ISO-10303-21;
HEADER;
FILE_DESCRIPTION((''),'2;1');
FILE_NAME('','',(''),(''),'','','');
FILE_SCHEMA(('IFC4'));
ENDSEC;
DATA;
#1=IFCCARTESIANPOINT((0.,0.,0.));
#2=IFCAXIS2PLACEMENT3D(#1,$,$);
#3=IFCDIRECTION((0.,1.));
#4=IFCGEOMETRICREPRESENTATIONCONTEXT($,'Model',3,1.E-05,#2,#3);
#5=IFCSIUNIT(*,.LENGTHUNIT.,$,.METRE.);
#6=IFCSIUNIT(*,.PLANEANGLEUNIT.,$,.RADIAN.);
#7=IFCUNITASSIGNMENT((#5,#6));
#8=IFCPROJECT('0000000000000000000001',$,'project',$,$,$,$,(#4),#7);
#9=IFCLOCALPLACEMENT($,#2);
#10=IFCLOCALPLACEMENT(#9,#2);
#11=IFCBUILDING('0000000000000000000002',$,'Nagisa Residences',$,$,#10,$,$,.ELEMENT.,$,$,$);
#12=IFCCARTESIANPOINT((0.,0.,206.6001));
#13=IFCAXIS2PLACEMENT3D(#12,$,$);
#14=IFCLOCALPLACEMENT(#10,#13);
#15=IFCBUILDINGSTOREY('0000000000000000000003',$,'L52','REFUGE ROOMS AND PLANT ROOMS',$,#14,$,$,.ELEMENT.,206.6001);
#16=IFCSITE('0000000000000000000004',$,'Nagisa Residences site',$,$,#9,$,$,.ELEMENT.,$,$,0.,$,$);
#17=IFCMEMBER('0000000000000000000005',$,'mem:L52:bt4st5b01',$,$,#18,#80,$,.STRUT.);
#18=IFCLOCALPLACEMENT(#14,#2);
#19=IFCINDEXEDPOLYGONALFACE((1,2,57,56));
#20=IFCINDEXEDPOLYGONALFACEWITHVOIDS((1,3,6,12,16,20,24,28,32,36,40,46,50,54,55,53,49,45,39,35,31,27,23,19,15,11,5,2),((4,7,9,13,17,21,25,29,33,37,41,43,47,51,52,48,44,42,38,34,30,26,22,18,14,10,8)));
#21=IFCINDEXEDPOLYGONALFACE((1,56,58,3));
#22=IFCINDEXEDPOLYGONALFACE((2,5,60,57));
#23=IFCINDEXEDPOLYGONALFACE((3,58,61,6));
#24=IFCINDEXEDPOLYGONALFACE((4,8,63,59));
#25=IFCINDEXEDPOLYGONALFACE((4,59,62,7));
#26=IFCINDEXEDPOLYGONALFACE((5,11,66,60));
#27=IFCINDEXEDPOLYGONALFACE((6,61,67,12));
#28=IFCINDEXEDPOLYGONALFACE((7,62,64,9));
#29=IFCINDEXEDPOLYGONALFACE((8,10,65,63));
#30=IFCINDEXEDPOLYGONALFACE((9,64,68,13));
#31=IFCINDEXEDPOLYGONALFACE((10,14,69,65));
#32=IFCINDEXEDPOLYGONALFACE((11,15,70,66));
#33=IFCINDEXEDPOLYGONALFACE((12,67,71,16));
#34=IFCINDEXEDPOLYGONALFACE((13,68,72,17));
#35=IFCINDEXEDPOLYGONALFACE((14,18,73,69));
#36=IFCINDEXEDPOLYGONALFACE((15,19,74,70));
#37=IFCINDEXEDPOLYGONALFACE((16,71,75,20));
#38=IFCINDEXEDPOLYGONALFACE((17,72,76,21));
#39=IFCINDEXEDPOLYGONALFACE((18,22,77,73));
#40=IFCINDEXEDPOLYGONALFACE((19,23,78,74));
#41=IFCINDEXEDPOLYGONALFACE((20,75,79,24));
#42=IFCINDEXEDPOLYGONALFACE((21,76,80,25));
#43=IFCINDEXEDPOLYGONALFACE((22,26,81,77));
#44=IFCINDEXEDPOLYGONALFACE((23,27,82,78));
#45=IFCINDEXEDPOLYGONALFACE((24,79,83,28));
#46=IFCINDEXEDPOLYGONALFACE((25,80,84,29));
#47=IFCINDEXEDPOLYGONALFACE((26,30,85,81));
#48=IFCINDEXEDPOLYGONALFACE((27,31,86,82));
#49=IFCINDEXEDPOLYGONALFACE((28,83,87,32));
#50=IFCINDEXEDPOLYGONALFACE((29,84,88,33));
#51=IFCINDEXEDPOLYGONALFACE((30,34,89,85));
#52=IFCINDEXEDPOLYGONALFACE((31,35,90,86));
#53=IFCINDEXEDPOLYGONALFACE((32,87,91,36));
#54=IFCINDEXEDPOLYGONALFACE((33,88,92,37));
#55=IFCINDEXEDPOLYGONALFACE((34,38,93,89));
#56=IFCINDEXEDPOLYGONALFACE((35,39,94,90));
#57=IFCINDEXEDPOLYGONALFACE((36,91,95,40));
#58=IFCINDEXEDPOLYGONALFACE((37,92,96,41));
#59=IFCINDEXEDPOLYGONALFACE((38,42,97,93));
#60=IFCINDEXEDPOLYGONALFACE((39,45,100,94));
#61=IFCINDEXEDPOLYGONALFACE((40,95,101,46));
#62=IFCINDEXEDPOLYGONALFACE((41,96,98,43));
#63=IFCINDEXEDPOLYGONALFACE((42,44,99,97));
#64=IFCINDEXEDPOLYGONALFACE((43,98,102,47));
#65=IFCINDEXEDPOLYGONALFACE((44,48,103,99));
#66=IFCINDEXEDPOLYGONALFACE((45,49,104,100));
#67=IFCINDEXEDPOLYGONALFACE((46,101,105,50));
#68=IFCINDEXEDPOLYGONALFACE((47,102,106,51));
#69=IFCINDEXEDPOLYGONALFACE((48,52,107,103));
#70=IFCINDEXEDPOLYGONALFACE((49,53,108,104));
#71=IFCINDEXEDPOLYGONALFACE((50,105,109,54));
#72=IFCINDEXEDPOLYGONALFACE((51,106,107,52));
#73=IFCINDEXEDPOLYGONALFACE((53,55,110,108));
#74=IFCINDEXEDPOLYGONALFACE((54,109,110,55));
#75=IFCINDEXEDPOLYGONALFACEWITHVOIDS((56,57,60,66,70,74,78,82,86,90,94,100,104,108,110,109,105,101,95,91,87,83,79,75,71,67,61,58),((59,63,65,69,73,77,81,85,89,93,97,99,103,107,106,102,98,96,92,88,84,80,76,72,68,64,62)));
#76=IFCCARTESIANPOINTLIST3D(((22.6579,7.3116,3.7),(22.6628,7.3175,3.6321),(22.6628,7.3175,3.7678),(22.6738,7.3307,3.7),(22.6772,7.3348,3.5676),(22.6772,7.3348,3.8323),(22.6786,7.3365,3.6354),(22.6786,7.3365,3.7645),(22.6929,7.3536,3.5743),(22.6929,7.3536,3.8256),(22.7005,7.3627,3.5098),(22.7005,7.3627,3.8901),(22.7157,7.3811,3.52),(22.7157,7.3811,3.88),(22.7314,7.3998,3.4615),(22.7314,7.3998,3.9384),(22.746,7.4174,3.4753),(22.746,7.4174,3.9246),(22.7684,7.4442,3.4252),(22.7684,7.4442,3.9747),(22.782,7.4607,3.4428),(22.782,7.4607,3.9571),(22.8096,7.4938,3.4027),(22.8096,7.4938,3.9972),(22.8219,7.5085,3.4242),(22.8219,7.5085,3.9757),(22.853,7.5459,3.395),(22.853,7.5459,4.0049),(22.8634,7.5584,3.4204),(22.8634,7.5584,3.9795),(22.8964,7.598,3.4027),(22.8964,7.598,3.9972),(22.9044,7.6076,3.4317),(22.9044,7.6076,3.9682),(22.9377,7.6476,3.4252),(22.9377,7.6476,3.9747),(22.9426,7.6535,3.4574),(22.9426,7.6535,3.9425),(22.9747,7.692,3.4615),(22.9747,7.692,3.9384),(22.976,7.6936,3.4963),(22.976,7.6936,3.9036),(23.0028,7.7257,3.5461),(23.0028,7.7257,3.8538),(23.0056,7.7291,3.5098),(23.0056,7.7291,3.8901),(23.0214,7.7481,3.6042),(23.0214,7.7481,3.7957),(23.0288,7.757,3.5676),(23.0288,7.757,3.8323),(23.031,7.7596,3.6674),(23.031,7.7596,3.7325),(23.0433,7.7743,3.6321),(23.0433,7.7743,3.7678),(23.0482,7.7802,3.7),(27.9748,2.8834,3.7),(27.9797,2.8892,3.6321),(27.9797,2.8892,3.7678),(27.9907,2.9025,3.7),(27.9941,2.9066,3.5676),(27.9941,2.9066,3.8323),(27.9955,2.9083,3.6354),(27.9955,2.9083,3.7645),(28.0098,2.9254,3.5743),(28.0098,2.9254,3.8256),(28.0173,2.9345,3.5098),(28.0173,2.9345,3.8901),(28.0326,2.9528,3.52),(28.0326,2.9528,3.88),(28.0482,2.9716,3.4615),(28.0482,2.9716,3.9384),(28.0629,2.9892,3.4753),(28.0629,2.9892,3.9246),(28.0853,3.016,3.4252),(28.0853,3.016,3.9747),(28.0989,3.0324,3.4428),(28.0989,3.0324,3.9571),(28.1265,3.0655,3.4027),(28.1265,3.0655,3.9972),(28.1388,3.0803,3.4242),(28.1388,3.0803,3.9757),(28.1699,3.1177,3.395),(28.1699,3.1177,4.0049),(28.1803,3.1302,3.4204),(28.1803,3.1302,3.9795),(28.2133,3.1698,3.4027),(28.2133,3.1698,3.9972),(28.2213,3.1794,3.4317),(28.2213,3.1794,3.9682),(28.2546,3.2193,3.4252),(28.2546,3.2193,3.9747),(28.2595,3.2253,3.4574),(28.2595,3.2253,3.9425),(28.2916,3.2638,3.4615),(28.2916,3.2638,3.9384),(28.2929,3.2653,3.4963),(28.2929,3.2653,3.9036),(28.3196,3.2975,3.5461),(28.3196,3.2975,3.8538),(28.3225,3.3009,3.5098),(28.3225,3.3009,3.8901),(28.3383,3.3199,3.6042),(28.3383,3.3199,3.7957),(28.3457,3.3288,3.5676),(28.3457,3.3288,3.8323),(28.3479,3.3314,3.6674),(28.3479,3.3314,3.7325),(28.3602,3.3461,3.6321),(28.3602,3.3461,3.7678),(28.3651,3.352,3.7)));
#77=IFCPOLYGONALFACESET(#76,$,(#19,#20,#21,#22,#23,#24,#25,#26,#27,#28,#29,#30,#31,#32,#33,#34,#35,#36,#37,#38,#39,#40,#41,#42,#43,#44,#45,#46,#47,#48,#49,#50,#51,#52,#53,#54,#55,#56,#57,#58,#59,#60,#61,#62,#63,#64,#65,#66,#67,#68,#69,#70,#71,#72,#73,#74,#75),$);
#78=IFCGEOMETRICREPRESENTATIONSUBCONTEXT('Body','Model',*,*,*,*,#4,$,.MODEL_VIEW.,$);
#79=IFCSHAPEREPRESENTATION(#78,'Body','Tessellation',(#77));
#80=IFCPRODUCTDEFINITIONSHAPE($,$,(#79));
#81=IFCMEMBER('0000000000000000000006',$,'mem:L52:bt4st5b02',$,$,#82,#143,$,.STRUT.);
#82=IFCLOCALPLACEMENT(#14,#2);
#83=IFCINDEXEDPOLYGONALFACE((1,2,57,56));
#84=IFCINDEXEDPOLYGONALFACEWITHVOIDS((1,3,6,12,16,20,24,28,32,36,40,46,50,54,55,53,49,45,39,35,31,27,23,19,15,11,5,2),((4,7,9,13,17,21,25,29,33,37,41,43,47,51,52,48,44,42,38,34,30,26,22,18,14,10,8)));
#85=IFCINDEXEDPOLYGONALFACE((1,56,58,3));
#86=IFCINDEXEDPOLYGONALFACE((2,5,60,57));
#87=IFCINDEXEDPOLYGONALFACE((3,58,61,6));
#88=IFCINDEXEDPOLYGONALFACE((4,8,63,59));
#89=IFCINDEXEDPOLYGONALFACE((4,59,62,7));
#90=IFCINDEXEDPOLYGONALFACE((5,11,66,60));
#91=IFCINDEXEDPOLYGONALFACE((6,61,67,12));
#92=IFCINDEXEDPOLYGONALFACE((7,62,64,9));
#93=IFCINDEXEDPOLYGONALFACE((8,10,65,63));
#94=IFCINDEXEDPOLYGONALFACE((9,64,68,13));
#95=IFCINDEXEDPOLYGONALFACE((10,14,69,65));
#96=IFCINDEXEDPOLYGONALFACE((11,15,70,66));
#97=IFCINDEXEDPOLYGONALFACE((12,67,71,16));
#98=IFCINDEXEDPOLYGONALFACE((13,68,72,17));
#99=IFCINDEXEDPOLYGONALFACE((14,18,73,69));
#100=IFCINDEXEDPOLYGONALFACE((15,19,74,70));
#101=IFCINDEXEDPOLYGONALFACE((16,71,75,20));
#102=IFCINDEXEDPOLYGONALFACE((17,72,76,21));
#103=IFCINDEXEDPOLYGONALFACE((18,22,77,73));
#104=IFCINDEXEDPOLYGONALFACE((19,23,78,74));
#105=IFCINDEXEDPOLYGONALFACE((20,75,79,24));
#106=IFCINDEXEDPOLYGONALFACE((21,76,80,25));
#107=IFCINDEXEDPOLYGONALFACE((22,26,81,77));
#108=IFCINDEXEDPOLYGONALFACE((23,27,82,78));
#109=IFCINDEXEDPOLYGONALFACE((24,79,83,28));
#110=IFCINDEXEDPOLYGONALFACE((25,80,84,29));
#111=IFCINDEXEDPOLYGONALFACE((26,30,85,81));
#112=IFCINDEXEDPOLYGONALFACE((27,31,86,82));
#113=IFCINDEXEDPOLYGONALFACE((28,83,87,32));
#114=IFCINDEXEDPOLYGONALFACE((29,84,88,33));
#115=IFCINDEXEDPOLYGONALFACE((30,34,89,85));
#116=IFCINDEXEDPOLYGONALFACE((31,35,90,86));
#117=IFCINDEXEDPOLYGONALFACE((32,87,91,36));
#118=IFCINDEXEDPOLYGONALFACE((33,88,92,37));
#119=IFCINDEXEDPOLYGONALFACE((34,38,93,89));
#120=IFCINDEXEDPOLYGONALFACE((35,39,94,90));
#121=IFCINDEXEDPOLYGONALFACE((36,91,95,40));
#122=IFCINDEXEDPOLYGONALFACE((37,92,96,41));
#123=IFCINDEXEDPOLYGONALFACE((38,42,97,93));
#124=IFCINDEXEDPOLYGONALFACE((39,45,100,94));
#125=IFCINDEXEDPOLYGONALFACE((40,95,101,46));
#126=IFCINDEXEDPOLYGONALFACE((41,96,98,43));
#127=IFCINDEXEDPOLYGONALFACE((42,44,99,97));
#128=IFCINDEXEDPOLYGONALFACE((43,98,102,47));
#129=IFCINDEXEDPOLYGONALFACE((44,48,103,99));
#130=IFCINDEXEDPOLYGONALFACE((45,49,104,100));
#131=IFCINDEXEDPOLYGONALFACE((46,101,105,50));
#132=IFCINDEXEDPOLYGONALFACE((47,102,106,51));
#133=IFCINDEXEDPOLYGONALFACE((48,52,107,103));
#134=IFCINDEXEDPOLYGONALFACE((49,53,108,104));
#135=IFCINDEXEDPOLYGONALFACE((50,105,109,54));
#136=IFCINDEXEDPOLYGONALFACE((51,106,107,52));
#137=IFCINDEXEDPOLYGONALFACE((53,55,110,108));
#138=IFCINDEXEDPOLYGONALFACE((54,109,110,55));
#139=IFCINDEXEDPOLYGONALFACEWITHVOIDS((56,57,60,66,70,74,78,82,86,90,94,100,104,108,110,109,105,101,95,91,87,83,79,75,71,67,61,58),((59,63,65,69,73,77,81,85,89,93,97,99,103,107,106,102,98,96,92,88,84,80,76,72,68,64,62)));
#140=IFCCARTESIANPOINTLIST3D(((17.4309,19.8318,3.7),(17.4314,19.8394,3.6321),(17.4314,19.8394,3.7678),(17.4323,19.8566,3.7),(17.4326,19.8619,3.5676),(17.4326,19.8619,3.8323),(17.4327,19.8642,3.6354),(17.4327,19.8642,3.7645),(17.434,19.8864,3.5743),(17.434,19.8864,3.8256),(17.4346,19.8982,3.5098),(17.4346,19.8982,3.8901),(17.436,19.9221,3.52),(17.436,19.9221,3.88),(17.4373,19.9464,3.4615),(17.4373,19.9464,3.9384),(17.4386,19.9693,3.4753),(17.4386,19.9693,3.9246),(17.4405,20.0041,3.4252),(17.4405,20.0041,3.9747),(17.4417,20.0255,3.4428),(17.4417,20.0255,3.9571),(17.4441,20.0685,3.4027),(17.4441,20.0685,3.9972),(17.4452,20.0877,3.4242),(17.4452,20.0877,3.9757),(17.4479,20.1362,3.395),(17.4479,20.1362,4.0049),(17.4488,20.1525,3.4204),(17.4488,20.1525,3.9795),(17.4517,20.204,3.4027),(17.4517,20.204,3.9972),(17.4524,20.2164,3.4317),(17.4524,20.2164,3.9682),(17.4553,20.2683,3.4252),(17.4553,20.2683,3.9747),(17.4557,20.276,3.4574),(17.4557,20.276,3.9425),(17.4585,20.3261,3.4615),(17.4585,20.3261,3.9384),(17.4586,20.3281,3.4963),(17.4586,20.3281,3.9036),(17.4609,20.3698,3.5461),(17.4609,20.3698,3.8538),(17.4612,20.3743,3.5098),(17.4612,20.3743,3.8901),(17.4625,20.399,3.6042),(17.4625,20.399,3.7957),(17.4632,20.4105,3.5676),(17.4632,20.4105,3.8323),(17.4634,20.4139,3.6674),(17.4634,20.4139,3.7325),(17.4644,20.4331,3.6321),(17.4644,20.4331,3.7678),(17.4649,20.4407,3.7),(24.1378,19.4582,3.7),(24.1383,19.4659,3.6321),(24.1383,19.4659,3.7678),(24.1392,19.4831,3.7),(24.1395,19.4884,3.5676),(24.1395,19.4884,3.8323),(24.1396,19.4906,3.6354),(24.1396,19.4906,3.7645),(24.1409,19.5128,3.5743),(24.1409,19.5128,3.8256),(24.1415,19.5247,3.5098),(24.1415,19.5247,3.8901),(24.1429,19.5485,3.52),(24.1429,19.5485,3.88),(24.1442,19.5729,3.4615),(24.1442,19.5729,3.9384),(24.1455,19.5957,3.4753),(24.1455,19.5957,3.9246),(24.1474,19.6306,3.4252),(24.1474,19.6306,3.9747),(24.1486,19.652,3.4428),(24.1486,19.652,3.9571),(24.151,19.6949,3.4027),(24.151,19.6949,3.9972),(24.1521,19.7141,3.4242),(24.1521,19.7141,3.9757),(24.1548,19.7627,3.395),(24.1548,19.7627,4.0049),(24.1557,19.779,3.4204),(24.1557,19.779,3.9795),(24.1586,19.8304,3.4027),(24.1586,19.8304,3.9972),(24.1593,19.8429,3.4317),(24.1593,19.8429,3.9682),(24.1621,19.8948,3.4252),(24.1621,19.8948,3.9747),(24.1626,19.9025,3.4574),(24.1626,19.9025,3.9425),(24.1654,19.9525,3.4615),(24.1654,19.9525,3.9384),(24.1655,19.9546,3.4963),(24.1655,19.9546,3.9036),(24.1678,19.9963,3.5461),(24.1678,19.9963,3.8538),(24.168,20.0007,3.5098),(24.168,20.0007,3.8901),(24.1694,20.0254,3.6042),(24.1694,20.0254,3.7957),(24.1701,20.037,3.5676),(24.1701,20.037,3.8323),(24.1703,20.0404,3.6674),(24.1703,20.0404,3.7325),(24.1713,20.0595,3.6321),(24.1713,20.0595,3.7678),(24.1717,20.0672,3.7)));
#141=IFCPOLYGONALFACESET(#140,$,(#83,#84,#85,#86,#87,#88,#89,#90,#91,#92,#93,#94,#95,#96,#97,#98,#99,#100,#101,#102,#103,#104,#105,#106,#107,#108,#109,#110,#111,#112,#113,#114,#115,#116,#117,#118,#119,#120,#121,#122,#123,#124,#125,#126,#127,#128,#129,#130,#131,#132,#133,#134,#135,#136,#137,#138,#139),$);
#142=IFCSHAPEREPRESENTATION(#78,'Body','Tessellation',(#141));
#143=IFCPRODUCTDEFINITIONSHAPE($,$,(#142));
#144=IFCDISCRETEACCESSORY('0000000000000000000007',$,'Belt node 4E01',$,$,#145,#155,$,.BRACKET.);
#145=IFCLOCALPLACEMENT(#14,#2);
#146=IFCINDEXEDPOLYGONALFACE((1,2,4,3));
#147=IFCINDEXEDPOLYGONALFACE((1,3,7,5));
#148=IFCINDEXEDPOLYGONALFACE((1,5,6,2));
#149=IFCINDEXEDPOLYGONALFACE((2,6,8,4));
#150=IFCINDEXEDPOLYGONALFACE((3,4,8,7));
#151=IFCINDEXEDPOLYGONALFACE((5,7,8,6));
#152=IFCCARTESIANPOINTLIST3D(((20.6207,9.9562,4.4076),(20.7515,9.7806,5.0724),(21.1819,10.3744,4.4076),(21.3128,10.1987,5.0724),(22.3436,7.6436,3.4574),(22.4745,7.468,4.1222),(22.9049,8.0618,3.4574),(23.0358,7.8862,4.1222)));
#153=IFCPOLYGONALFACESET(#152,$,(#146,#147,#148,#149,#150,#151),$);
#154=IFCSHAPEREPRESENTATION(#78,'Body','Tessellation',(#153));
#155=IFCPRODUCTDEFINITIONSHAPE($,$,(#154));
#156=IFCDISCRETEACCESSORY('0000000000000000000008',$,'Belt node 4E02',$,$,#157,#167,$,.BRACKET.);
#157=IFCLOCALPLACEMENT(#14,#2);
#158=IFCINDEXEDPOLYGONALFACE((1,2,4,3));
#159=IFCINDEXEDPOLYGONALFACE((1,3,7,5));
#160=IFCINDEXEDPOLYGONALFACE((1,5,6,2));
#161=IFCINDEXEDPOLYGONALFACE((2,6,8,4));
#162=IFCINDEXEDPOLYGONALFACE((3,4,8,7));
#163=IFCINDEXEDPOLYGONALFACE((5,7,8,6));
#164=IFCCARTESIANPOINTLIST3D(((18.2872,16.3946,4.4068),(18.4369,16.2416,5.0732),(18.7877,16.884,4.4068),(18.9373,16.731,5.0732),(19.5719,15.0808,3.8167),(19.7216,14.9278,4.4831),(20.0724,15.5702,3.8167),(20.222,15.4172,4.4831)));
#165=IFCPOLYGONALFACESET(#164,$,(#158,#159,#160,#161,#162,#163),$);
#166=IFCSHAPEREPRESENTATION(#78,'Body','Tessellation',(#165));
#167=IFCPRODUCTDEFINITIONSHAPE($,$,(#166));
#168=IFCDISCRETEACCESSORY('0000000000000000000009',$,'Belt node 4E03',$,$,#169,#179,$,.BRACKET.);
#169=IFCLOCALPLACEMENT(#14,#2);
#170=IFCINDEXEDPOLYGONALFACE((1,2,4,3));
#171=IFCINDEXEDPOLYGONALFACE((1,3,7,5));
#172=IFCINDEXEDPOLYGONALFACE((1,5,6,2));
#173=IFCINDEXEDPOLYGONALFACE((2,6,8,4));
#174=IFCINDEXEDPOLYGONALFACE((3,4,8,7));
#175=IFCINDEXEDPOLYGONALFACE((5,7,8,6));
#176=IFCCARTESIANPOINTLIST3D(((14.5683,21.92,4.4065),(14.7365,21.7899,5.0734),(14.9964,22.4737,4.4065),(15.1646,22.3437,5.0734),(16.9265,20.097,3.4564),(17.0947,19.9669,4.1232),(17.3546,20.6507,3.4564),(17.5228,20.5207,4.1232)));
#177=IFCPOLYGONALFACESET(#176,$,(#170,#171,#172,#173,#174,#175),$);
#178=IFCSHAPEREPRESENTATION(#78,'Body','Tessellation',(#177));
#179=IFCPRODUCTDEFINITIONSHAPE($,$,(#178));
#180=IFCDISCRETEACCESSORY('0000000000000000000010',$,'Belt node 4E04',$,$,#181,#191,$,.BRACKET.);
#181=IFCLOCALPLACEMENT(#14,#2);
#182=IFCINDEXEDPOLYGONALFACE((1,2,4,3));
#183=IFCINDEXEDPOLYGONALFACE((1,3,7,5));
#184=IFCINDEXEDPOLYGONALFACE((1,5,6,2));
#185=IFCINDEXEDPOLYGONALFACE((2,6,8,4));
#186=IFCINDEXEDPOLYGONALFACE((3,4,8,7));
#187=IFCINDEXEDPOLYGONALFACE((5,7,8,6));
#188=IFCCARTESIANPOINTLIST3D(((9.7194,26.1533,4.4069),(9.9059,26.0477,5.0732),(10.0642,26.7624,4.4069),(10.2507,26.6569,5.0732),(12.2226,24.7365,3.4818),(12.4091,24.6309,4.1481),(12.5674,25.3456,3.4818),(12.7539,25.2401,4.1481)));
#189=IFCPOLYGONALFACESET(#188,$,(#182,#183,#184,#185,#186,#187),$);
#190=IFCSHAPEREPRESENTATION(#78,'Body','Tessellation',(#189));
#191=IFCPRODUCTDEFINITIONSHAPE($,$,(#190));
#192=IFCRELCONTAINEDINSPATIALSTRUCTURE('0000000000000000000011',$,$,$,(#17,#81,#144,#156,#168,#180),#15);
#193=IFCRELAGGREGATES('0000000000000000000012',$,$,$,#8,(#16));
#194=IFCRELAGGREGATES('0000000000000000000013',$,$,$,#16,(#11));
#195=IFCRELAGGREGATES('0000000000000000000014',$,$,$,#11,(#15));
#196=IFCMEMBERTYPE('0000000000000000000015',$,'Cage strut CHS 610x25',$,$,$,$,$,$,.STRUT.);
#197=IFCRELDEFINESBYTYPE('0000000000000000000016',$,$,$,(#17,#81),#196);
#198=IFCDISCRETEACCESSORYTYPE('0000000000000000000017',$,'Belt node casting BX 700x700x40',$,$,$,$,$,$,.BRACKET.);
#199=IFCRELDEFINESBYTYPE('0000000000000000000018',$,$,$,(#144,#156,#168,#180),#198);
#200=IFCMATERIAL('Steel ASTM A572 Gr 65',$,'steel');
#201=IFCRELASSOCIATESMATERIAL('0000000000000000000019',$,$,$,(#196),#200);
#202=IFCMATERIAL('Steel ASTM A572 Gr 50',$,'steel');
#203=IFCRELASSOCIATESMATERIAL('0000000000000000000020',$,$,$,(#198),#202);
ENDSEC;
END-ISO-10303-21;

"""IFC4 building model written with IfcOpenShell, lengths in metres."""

from ifc_helpers import new_model, si_unit, direction, frame, origin, origin_2d, place, context, subcontext, project, spatial, rectangle, hollow_circle, extrude, material, material_profile, profile_set, type_object, element, save


model = new_model("IFC4")

# Units and contexts
model_context = context("Model", 3, precision=1e-05, world=origin(), true_north=direction((0.0, 1.0)))
body_context = subcontext(model_context, "Body", "Model", "MODEL_VIEW")
ifc_project = project(units=[si_unit("LENGTHUNIT", "METRE"), si_unit("PLANEANGLEUNIT", "RADIAN")], contexts=[model_context])

# Site, building, storey
site_placement = place(None, origin())
site = spatial("IfcSite", under=ifc_project, at=site_placement, Name="Nagisa Residences site", CompositionType="ELEMENT", RefElevation=0.0)
building_placement = place(site_placement, origin())
building = spatial("IfcBuilding", under=site, at=building_placement, Name="Nagisa Residences", CompositionType="ELEMENT")
storey_placement = place(building_placement, frame((0.0, 0.0, 206.6001)))
storey = spatial("IfcBuildingStorey", under=building, at=storey_placement, Name="L52", Description="REFUGE ROOMS AND PLANT ROOMS", CompositionType="ELEMENT", Elevation=206.6001)

# Members
ifc_material_1 = material(Name="Steel ASTM A572 Gr 65", Category="steel")
ifc_material_profile_1 = material_profile(ifc_material_1, hollow_circle(Radius=0.3049, WallThickness=0.0249, at=origin_2d()), Name="CHS 610x25")
ifc_profile_set_1 = profile_set([ifc_material_profile_1], Name="Steel ASTM A572 Gr 65")
member_type_1 = type_object("IfcMemberType", Name="Cage strut CHS 610x25", PredefinedType="STRUT", material=ifc_profile_set_1)
member_1_placement = place(storey_placement, frame((28.1699, 3.1177, 3.7), z_axis=(-0.768401, 0.639969, 0.0), x_axis=(-0.639969, -0.768401, 0.0)))
element("IfcMember", 1, at=member_1_placement, inside=storey, type_object=member_type_1, Name="mem:L52:bt4st5b01", PredefinedType="STRUT", context=body_context, shape_type="SweptSolid", body=[
    extrude(hollow_circle(Radius=0.3049, WallThickness=0.0249, at=origin_2d()), origin(), (0.0, 0.0, 1.0), 6.9194),
])
member_2_placement = place(storey_placement, frame((24.1548, 19.7627, 3.7), z_axis=(-0.998453, 0.055609, 0.0), x_axis=(-0.055609, -0.998453, 0.0)))
element("IfcMember", 2, at=member_2_placement, inside=storey, type_object=member_type_1, Name="mem:L52:bt4st5b02", PredefinedType="STRUT", context=body_context, shape_type="SweptSolid", body=[
    extrude(hollow_circle(Radius=0.3049, WallThickness=0.0249, at=origin_2d()), origin(), (0.0, 0.0, 1.0), 6.7173),
])

# Discrete accessories
ifc_material_2 = material(Name="Steel ASTM A572 Gr 50", Category="steel")
discrete_accessory_type_1 = type_object("IfcDiscreteAccessoryType", Name="Belt node casting BX 700x700x40", PredefinedType="BRACKET", material=ifc_material_2)
discrete_accessory_1_placement = place(storey_placement, frame((22.6897, 7.7649, 3.7898), z_axis=(-0.56744, 0.761626, 0.312949), x_axis=(-0.801906, -0.59745, 0.0)))
element("IfcDiscreteAccessory", 3, at=discrete_accessory_1_placement, inside=storey, type_object=discrete_accessory_type_1, Name="Belt node 4E01", PredefinedType="BRACKET", context=body_context, shape_type="SweptSolid", body=[
    extrude(rectangle(XDim=0.7, YDim=0.7, at=origin_2d()), origin(), (0.0, 0.0, 1.0), 3.0364),
])
discrete_accessory_2_placement = place(storey_placement, frame((19.897, 15.249, 4.1499), z_axis=(-0.665672, 0.680727, 0.305764), x_axis=(-0.714968, -0.699157, 0.0)))
element("IfcDiscreteAccessory", 4, at=discrete_accessory_2_placement, inside=storey, type_object=discrete_accessory_type_1, Name="Belt node 4E02", PredefinedType="BRACKET", context=body_context, shape_type="SweptSolid", body=[
    extrude(rectangle(XDim=0.7, YDim=0.7, at=origin_2d()), origin(), (0.0, 0.0, 1.0), 1.9299),
])
discrete_accessory_3_placement = place(storey_placement, frame((17.2246, 20.3088, 3.7898), z_axis=(-0.753782, 0.582719, 0.303729), x_axis=(-0.611613, -0.791157, 0.0)))
element("IfcDiscreteAccessory", 5, at=discrete_accessory_3_placement, inside=storey, type_object=discrete_accessory_type_1, Name="Belt node 4E03", PredefinedType="BRACKET", context=body_context, shape_type="SweptSolid", body=[
    extrude(rectangle(XDim=0.7, YDim=0.7, at=origin_2d()), origin(), (0.0, 0.0, 1.0), 3.1284),
])
discrete_accessory_4_placement = place(storey_placement, frame((12.4883, 24.9883, 3.8149), z_axis=(-0.828485, 0.468907, 0.306167), x_axis=(-0.492561, -0.870278, 0.0)))
element("IfcDiscreteAccessory", 6, at=discrete_accessory_4_placement, inside=storey, type_object=discrete_accessory_type_1, Name="Belt node 4E04", PredefinedType="BRACKET", context=body_context, shape_type="SweptSolid", body=[
    extrude(rectangle(XDim=0.7, YDim=0.7, at=origin_2d()), origin(), (0.0, 0.0, 1.0), 3.0215),
])

save(model, "model.ifc")
